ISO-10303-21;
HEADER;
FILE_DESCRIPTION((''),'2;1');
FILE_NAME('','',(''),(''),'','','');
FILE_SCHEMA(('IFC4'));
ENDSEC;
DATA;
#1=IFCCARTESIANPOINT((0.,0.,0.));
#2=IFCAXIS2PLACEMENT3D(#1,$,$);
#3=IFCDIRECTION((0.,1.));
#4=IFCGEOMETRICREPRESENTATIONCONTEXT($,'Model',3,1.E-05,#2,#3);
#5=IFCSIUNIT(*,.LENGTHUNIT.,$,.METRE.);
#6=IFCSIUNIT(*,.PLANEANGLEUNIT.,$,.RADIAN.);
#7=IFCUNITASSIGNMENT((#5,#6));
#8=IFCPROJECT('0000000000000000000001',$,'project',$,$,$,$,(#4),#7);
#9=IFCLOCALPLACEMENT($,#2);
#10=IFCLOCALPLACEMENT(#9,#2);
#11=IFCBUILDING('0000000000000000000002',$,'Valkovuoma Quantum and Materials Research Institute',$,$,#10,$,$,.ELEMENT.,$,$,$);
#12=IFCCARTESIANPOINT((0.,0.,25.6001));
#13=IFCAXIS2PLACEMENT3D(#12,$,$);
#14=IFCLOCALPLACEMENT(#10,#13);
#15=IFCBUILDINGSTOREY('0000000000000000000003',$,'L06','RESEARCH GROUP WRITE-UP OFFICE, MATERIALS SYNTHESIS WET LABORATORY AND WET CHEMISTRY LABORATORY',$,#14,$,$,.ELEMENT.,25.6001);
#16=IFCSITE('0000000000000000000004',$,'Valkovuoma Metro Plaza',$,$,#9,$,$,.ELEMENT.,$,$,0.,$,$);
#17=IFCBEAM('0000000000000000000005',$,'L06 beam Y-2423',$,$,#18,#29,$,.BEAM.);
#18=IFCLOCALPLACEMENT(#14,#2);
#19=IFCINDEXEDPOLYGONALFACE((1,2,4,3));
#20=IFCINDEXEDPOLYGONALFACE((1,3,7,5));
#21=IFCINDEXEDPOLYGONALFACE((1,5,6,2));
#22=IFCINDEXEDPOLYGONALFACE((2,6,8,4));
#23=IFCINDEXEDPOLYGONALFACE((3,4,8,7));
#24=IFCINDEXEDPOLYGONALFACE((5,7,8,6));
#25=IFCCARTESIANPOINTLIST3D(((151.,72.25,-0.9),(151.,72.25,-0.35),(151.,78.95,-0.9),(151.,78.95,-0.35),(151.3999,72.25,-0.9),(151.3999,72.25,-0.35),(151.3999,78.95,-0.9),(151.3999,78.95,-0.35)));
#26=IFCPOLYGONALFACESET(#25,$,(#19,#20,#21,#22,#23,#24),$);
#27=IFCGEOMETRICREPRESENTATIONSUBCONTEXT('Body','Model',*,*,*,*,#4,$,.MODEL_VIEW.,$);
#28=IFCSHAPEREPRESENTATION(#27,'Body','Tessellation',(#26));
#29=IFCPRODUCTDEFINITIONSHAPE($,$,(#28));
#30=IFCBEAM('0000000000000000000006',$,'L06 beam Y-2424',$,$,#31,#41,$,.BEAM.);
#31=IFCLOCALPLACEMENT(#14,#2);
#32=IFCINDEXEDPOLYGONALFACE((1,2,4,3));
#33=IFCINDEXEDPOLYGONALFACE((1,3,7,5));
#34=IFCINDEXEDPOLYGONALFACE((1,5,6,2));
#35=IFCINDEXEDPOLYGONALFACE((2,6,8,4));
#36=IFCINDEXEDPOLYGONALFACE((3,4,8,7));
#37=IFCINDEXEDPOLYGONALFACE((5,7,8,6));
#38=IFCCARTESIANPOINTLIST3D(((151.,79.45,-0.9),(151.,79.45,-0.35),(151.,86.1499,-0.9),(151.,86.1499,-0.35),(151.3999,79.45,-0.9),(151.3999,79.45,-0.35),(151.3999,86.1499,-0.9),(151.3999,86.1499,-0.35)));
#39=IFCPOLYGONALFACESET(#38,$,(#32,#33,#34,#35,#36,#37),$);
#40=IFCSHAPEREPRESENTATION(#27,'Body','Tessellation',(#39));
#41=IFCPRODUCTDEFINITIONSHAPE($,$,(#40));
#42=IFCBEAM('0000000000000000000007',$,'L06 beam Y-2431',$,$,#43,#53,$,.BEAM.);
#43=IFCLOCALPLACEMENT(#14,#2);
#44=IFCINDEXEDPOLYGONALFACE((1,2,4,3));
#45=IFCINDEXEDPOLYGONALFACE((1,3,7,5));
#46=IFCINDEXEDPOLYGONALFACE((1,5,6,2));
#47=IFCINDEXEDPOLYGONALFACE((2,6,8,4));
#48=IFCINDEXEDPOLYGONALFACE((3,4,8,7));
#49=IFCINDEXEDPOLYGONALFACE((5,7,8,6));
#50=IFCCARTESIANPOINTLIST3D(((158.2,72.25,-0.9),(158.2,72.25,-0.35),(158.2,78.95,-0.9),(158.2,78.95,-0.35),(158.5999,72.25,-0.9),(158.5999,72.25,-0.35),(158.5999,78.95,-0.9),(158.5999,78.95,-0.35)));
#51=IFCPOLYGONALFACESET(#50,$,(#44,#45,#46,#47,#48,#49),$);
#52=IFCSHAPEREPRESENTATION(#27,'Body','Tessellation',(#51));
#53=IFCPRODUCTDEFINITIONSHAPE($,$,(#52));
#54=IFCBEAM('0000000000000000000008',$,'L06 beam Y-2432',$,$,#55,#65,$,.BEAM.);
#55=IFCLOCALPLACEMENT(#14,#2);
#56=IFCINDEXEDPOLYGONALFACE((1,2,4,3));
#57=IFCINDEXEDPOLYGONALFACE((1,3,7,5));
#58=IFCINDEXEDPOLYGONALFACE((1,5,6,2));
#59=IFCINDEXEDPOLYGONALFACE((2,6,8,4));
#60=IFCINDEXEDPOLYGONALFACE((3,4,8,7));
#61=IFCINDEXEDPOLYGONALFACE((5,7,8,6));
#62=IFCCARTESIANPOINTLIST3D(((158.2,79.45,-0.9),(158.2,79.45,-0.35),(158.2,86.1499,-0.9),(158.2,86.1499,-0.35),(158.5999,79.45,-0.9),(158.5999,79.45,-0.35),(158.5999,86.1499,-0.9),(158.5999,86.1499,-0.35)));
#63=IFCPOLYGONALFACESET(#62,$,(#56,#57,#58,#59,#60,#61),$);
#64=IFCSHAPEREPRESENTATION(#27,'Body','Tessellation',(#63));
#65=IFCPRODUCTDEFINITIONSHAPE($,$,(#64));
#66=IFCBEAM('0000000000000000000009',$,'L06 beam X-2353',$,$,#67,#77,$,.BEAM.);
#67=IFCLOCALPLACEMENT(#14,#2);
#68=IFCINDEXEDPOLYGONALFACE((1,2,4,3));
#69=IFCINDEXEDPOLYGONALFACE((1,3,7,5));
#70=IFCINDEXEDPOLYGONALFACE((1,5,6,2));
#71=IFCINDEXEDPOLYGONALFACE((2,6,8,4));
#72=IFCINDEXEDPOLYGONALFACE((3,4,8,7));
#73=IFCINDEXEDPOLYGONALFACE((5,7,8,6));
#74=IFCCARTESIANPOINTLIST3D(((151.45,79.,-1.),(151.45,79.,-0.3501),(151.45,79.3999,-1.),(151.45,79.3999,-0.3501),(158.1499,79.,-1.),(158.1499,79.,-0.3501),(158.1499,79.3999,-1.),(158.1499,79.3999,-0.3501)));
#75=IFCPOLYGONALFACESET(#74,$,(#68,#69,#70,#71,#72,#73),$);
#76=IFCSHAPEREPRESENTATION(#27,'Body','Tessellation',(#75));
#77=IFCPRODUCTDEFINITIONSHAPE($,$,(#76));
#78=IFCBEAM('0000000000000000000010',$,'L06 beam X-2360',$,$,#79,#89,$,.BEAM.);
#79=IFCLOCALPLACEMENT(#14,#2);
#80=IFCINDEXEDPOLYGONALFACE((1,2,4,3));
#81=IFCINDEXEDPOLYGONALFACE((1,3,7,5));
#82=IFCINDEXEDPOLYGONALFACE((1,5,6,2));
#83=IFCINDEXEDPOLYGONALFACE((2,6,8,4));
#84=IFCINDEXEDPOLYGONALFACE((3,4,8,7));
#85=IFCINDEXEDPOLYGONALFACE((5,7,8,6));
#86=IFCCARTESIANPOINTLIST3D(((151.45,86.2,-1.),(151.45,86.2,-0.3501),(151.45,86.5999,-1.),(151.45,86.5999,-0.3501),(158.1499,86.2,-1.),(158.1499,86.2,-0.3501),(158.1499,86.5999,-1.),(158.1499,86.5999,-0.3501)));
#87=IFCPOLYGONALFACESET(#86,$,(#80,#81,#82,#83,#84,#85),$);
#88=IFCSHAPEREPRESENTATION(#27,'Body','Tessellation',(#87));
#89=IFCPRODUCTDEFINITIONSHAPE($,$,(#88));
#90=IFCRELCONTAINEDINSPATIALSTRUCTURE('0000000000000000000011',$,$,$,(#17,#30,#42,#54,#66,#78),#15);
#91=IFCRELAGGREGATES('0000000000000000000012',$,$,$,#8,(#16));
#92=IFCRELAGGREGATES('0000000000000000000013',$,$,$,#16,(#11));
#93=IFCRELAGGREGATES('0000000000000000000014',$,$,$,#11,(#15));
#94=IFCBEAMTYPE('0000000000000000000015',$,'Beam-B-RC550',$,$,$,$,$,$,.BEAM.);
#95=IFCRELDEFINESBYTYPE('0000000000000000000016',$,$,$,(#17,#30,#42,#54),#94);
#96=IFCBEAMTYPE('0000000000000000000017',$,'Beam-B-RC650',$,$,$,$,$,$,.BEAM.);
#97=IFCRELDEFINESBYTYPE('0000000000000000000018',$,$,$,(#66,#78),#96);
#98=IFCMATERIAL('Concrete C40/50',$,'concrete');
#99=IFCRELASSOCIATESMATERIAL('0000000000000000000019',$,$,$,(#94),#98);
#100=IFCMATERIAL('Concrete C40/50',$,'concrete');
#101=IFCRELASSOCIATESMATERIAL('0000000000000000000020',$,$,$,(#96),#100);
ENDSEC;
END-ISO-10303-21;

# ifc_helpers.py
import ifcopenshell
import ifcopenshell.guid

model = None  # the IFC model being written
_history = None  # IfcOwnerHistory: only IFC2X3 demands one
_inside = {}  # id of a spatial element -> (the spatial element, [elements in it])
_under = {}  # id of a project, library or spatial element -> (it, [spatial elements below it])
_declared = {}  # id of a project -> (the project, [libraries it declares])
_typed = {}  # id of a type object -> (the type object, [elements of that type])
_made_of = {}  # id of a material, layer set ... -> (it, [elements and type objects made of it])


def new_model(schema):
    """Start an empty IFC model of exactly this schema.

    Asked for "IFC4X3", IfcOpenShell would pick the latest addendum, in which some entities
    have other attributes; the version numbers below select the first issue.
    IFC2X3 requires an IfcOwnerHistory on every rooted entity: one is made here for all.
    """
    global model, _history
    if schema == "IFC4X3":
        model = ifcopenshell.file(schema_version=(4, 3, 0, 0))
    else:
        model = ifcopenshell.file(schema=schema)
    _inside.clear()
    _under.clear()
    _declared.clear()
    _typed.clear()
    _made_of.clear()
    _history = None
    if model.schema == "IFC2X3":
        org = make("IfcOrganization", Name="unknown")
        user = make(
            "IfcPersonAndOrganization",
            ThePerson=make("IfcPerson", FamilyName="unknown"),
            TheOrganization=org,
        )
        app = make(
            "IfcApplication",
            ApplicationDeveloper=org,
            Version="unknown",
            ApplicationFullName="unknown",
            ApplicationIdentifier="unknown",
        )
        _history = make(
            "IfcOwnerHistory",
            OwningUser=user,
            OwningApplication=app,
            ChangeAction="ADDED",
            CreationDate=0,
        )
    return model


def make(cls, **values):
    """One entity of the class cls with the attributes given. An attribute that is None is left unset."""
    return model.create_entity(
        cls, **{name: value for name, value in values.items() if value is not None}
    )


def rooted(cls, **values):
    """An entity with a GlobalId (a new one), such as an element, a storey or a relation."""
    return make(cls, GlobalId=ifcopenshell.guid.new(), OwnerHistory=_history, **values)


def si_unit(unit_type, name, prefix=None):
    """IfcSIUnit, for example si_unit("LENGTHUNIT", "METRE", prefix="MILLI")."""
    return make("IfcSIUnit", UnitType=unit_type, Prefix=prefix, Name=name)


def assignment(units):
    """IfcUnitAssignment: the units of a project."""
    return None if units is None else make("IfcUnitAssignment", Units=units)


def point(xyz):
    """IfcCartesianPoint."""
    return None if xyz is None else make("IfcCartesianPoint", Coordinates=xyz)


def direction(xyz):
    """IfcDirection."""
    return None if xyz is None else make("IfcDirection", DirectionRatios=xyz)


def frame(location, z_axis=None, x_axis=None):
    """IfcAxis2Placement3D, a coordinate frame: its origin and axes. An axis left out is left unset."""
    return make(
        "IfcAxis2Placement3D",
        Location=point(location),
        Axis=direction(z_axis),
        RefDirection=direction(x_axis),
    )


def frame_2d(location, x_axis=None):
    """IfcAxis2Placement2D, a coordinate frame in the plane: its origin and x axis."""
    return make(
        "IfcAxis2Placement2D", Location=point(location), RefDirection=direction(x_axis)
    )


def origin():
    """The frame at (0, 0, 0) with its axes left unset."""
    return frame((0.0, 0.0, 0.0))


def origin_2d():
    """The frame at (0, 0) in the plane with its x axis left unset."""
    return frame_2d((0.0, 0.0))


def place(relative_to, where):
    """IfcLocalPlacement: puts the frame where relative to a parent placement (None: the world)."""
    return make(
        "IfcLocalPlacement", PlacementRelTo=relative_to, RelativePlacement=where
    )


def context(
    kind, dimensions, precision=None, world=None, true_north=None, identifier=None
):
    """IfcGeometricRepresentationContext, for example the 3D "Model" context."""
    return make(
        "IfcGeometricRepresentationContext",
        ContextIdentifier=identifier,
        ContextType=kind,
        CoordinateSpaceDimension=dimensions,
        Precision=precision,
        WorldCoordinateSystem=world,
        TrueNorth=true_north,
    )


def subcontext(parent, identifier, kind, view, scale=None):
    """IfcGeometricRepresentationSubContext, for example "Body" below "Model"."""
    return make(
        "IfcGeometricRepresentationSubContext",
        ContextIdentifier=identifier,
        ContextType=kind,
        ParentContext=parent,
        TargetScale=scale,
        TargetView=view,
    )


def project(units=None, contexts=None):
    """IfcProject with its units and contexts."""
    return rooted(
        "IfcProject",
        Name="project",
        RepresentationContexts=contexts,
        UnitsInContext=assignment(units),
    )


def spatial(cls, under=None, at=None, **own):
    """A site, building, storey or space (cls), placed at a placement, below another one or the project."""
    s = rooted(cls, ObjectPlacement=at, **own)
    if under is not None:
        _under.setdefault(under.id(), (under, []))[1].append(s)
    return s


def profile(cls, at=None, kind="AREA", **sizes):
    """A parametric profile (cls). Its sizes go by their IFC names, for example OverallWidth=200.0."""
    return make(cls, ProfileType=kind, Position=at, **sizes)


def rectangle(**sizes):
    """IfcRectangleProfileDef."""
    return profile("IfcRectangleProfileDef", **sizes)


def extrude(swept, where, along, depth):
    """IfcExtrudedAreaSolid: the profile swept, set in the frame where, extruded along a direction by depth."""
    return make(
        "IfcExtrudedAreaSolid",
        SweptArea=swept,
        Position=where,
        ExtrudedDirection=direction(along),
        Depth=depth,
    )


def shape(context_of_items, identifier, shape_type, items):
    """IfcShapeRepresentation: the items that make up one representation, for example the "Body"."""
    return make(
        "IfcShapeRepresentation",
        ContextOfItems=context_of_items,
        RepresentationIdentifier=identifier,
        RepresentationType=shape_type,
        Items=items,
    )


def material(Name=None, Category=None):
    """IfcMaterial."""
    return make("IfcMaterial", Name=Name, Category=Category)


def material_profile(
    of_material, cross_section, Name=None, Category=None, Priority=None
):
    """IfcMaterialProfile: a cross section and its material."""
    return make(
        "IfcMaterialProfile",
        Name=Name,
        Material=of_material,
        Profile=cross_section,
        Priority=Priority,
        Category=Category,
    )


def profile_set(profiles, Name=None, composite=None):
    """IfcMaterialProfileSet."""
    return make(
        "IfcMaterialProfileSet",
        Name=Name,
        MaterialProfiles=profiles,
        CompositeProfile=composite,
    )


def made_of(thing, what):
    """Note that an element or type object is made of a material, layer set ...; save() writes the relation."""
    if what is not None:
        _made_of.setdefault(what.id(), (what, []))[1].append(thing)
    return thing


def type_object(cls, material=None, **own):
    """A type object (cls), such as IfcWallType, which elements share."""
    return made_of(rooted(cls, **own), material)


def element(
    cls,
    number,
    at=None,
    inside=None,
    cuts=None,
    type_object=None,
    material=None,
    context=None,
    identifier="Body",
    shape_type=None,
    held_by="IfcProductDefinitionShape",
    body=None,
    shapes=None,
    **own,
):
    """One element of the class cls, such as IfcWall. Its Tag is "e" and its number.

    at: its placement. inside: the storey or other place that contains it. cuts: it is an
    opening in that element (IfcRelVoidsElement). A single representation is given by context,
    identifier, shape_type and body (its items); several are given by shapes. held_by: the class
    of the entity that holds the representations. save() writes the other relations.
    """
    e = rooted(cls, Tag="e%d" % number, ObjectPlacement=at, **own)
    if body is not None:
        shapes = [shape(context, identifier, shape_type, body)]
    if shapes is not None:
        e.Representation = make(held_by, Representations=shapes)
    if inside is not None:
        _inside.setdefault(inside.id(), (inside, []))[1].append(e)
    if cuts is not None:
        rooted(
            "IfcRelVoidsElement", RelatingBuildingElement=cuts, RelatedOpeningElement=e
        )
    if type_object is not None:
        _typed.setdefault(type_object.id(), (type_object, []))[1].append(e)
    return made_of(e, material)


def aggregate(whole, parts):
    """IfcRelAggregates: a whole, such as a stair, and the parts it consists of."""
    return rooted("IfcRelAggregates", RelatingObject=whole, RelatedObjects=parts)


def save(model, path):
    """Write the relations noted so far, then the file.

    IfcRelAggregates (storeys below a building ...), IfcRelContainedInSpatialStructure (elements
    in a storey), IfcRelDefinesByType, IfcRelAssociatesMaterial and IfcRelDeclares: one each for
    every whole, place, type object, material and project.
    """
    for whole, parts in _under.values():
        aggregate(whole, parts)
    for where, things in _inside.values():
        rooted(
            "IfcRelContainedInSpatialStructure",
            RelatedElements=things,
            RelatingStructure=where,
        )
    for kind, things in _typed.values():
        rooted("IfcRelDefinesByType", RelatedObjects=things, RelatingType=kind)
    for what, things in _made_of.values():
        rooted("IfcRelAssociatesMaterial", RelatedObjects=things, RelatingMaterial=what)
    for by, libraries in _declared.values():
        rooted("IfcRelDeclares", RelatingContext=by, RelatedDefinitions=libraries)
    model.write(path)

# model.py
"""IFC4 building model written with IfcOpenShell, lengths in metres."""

from ifc_helpers import new_model, si_unit, direction, frame, origin, origin_2d, place, context, subcontext, project, spatial, rectangle, extrude, material, material_profile, profile_set, type_object, element, save


model = new_model("IFC4")

# Units and contexts
model_context = context("Model", 3, precision=1e-05, world=origin(), true_north=direction((0.0, 1.0)))
body_context = subcontext(model_context, "Body", "Model", "MODEL_VIEW")
ifc_project = project(units=[si_unit("LENGTHUNIT", "METRE"), si_unit("PLANEANGLEUNIT", "RADIAN")], contexts=[model_context])

# Site, building, storey
site_placement = place(None, origin())
site = spatial("IfcSite", under=ifc_project, at=site_placement, Name="Valkovuoma Metro Plaza", CompositionType="ELEMENT", RefElevation=0.0)
building_placement = place(site_placement, origin())
building = spatial("IfcBuilding", under=site, at=building_placement, Name="Valkovuoma Quantum and Materials Research Institute", CompositionType="ELEMENT")
storey_placement = place(building_placement, frame((0.0, 0.0, 25.6001)))
storey = spatial("IfcBuildingStorey", under=building, at=storey_placement, Name="L06", Description="RESEARCH GROUP WRITE-UP OFFICE, MATERIALS SYNTHESIS WET LABORATORY AND WET CHEMISTRY LABORATORY", CompositionType="ELEMENT", Elevation=25.6001)

# Beams
ifc_material_1 = material(Name="Concrete C40/50", Category="concrete")
ifc_material_profile_1 = material_profile(ifc_material_1, rectangle(XDim=0.3999, YDim=0.55, at=origin_2d()), Name="Concrete C40/50")
ifc_profile_set_1 = profile_set([ifc_material_profile_1], Name="Concrete C40/50")
beam_type_1 = type_object("IfcBeamType", Name="Beam-B-RC550", PredefinedType="BEAM", material=ifc_profile_set_1)
for number, where, z_axis, x_axis, name in (
    (1, (151.2, 72.25, -0.625), (0.0, 1.0, 0.0), (-1.0, 0.0, 0.0), "L06 beam Y-2423"),
    (2, (151.2, 79.45, -0.625), (0.0, 1.0, 0.0), (-1.0, 0.0, 0.0), "L06 beam Y-2424"),
    (3, (158.3999, 72.25, -0.625), (0.0, 1.0, 0.0), (-1.0, 0.0, 0.0), "L06 beam Y-2431"),
    (4, (158.3999, 79.45, -0.625), (0.0, 1.0, 0.0), (-1.0, 0.0, 0.0), "L06 beam Y-2432"),
):
    element("IfcBeam", number, at=place(storey_placement, frame(where, z_axis=z_axis, x_axis=x_axis)), inside=storey, type_object=beam_type_1, Name=name, PredefinedType="BEAM", context=body_context, shape_type="SweptSolid", body=[
        extrude(rectangle(XDim=0.3999, YDim=0.55, at=origin_2d()), origin(), (0.0, 0.0, 1.0), 6.7),
    ])
ifc_material_2 = material(Name="Concrete C40/50", Category="concrete")
ifc_material_profile_2 = material_profile(ifc_material_2, rectangle(XDim=0.3999, YDim=0.6499, at=origin_2d()), Name="Concrete C40/50")
ifc_profile_set_2 = profile_set([ifc_material_profile_2], Name="Concrete C40/50")
beam_type_2 = type_object("IfcBeamType", Name="Beam-B-RC650", PredefinedType="BEAM", material=ifc_profile_set_2)
for number, where, z_axis, x_axis, name in (
    (5, (151.45, 79.2, -0.675), (1.0, 0.0, 0.0), (0.0, 1.0, 0.0), "L06 beam X-2353"),
    (6, (151.45, 86.3999, -0.675), (1.0, 0.0, 0.0), (0.0, 1.0, 0.0), "L06 beam X-2360"),
):
    element("IfcBeam", number, at=place(storey_placement, frame(where, z_axis=z_axis, x_axis=x_axis)), inside=storey, type_object=beam_type_2, Name=name, PredefinedType="BEAM", context=body_context, shape_type="SweptSolid", body=[
        extrude(rectangle(XDim=0.3999, YDim=0.6499, at=origin_2d()), origin(), (0.0, 0.0, 1.0), 6.7),
    ])

save(model, "model.ifc")
